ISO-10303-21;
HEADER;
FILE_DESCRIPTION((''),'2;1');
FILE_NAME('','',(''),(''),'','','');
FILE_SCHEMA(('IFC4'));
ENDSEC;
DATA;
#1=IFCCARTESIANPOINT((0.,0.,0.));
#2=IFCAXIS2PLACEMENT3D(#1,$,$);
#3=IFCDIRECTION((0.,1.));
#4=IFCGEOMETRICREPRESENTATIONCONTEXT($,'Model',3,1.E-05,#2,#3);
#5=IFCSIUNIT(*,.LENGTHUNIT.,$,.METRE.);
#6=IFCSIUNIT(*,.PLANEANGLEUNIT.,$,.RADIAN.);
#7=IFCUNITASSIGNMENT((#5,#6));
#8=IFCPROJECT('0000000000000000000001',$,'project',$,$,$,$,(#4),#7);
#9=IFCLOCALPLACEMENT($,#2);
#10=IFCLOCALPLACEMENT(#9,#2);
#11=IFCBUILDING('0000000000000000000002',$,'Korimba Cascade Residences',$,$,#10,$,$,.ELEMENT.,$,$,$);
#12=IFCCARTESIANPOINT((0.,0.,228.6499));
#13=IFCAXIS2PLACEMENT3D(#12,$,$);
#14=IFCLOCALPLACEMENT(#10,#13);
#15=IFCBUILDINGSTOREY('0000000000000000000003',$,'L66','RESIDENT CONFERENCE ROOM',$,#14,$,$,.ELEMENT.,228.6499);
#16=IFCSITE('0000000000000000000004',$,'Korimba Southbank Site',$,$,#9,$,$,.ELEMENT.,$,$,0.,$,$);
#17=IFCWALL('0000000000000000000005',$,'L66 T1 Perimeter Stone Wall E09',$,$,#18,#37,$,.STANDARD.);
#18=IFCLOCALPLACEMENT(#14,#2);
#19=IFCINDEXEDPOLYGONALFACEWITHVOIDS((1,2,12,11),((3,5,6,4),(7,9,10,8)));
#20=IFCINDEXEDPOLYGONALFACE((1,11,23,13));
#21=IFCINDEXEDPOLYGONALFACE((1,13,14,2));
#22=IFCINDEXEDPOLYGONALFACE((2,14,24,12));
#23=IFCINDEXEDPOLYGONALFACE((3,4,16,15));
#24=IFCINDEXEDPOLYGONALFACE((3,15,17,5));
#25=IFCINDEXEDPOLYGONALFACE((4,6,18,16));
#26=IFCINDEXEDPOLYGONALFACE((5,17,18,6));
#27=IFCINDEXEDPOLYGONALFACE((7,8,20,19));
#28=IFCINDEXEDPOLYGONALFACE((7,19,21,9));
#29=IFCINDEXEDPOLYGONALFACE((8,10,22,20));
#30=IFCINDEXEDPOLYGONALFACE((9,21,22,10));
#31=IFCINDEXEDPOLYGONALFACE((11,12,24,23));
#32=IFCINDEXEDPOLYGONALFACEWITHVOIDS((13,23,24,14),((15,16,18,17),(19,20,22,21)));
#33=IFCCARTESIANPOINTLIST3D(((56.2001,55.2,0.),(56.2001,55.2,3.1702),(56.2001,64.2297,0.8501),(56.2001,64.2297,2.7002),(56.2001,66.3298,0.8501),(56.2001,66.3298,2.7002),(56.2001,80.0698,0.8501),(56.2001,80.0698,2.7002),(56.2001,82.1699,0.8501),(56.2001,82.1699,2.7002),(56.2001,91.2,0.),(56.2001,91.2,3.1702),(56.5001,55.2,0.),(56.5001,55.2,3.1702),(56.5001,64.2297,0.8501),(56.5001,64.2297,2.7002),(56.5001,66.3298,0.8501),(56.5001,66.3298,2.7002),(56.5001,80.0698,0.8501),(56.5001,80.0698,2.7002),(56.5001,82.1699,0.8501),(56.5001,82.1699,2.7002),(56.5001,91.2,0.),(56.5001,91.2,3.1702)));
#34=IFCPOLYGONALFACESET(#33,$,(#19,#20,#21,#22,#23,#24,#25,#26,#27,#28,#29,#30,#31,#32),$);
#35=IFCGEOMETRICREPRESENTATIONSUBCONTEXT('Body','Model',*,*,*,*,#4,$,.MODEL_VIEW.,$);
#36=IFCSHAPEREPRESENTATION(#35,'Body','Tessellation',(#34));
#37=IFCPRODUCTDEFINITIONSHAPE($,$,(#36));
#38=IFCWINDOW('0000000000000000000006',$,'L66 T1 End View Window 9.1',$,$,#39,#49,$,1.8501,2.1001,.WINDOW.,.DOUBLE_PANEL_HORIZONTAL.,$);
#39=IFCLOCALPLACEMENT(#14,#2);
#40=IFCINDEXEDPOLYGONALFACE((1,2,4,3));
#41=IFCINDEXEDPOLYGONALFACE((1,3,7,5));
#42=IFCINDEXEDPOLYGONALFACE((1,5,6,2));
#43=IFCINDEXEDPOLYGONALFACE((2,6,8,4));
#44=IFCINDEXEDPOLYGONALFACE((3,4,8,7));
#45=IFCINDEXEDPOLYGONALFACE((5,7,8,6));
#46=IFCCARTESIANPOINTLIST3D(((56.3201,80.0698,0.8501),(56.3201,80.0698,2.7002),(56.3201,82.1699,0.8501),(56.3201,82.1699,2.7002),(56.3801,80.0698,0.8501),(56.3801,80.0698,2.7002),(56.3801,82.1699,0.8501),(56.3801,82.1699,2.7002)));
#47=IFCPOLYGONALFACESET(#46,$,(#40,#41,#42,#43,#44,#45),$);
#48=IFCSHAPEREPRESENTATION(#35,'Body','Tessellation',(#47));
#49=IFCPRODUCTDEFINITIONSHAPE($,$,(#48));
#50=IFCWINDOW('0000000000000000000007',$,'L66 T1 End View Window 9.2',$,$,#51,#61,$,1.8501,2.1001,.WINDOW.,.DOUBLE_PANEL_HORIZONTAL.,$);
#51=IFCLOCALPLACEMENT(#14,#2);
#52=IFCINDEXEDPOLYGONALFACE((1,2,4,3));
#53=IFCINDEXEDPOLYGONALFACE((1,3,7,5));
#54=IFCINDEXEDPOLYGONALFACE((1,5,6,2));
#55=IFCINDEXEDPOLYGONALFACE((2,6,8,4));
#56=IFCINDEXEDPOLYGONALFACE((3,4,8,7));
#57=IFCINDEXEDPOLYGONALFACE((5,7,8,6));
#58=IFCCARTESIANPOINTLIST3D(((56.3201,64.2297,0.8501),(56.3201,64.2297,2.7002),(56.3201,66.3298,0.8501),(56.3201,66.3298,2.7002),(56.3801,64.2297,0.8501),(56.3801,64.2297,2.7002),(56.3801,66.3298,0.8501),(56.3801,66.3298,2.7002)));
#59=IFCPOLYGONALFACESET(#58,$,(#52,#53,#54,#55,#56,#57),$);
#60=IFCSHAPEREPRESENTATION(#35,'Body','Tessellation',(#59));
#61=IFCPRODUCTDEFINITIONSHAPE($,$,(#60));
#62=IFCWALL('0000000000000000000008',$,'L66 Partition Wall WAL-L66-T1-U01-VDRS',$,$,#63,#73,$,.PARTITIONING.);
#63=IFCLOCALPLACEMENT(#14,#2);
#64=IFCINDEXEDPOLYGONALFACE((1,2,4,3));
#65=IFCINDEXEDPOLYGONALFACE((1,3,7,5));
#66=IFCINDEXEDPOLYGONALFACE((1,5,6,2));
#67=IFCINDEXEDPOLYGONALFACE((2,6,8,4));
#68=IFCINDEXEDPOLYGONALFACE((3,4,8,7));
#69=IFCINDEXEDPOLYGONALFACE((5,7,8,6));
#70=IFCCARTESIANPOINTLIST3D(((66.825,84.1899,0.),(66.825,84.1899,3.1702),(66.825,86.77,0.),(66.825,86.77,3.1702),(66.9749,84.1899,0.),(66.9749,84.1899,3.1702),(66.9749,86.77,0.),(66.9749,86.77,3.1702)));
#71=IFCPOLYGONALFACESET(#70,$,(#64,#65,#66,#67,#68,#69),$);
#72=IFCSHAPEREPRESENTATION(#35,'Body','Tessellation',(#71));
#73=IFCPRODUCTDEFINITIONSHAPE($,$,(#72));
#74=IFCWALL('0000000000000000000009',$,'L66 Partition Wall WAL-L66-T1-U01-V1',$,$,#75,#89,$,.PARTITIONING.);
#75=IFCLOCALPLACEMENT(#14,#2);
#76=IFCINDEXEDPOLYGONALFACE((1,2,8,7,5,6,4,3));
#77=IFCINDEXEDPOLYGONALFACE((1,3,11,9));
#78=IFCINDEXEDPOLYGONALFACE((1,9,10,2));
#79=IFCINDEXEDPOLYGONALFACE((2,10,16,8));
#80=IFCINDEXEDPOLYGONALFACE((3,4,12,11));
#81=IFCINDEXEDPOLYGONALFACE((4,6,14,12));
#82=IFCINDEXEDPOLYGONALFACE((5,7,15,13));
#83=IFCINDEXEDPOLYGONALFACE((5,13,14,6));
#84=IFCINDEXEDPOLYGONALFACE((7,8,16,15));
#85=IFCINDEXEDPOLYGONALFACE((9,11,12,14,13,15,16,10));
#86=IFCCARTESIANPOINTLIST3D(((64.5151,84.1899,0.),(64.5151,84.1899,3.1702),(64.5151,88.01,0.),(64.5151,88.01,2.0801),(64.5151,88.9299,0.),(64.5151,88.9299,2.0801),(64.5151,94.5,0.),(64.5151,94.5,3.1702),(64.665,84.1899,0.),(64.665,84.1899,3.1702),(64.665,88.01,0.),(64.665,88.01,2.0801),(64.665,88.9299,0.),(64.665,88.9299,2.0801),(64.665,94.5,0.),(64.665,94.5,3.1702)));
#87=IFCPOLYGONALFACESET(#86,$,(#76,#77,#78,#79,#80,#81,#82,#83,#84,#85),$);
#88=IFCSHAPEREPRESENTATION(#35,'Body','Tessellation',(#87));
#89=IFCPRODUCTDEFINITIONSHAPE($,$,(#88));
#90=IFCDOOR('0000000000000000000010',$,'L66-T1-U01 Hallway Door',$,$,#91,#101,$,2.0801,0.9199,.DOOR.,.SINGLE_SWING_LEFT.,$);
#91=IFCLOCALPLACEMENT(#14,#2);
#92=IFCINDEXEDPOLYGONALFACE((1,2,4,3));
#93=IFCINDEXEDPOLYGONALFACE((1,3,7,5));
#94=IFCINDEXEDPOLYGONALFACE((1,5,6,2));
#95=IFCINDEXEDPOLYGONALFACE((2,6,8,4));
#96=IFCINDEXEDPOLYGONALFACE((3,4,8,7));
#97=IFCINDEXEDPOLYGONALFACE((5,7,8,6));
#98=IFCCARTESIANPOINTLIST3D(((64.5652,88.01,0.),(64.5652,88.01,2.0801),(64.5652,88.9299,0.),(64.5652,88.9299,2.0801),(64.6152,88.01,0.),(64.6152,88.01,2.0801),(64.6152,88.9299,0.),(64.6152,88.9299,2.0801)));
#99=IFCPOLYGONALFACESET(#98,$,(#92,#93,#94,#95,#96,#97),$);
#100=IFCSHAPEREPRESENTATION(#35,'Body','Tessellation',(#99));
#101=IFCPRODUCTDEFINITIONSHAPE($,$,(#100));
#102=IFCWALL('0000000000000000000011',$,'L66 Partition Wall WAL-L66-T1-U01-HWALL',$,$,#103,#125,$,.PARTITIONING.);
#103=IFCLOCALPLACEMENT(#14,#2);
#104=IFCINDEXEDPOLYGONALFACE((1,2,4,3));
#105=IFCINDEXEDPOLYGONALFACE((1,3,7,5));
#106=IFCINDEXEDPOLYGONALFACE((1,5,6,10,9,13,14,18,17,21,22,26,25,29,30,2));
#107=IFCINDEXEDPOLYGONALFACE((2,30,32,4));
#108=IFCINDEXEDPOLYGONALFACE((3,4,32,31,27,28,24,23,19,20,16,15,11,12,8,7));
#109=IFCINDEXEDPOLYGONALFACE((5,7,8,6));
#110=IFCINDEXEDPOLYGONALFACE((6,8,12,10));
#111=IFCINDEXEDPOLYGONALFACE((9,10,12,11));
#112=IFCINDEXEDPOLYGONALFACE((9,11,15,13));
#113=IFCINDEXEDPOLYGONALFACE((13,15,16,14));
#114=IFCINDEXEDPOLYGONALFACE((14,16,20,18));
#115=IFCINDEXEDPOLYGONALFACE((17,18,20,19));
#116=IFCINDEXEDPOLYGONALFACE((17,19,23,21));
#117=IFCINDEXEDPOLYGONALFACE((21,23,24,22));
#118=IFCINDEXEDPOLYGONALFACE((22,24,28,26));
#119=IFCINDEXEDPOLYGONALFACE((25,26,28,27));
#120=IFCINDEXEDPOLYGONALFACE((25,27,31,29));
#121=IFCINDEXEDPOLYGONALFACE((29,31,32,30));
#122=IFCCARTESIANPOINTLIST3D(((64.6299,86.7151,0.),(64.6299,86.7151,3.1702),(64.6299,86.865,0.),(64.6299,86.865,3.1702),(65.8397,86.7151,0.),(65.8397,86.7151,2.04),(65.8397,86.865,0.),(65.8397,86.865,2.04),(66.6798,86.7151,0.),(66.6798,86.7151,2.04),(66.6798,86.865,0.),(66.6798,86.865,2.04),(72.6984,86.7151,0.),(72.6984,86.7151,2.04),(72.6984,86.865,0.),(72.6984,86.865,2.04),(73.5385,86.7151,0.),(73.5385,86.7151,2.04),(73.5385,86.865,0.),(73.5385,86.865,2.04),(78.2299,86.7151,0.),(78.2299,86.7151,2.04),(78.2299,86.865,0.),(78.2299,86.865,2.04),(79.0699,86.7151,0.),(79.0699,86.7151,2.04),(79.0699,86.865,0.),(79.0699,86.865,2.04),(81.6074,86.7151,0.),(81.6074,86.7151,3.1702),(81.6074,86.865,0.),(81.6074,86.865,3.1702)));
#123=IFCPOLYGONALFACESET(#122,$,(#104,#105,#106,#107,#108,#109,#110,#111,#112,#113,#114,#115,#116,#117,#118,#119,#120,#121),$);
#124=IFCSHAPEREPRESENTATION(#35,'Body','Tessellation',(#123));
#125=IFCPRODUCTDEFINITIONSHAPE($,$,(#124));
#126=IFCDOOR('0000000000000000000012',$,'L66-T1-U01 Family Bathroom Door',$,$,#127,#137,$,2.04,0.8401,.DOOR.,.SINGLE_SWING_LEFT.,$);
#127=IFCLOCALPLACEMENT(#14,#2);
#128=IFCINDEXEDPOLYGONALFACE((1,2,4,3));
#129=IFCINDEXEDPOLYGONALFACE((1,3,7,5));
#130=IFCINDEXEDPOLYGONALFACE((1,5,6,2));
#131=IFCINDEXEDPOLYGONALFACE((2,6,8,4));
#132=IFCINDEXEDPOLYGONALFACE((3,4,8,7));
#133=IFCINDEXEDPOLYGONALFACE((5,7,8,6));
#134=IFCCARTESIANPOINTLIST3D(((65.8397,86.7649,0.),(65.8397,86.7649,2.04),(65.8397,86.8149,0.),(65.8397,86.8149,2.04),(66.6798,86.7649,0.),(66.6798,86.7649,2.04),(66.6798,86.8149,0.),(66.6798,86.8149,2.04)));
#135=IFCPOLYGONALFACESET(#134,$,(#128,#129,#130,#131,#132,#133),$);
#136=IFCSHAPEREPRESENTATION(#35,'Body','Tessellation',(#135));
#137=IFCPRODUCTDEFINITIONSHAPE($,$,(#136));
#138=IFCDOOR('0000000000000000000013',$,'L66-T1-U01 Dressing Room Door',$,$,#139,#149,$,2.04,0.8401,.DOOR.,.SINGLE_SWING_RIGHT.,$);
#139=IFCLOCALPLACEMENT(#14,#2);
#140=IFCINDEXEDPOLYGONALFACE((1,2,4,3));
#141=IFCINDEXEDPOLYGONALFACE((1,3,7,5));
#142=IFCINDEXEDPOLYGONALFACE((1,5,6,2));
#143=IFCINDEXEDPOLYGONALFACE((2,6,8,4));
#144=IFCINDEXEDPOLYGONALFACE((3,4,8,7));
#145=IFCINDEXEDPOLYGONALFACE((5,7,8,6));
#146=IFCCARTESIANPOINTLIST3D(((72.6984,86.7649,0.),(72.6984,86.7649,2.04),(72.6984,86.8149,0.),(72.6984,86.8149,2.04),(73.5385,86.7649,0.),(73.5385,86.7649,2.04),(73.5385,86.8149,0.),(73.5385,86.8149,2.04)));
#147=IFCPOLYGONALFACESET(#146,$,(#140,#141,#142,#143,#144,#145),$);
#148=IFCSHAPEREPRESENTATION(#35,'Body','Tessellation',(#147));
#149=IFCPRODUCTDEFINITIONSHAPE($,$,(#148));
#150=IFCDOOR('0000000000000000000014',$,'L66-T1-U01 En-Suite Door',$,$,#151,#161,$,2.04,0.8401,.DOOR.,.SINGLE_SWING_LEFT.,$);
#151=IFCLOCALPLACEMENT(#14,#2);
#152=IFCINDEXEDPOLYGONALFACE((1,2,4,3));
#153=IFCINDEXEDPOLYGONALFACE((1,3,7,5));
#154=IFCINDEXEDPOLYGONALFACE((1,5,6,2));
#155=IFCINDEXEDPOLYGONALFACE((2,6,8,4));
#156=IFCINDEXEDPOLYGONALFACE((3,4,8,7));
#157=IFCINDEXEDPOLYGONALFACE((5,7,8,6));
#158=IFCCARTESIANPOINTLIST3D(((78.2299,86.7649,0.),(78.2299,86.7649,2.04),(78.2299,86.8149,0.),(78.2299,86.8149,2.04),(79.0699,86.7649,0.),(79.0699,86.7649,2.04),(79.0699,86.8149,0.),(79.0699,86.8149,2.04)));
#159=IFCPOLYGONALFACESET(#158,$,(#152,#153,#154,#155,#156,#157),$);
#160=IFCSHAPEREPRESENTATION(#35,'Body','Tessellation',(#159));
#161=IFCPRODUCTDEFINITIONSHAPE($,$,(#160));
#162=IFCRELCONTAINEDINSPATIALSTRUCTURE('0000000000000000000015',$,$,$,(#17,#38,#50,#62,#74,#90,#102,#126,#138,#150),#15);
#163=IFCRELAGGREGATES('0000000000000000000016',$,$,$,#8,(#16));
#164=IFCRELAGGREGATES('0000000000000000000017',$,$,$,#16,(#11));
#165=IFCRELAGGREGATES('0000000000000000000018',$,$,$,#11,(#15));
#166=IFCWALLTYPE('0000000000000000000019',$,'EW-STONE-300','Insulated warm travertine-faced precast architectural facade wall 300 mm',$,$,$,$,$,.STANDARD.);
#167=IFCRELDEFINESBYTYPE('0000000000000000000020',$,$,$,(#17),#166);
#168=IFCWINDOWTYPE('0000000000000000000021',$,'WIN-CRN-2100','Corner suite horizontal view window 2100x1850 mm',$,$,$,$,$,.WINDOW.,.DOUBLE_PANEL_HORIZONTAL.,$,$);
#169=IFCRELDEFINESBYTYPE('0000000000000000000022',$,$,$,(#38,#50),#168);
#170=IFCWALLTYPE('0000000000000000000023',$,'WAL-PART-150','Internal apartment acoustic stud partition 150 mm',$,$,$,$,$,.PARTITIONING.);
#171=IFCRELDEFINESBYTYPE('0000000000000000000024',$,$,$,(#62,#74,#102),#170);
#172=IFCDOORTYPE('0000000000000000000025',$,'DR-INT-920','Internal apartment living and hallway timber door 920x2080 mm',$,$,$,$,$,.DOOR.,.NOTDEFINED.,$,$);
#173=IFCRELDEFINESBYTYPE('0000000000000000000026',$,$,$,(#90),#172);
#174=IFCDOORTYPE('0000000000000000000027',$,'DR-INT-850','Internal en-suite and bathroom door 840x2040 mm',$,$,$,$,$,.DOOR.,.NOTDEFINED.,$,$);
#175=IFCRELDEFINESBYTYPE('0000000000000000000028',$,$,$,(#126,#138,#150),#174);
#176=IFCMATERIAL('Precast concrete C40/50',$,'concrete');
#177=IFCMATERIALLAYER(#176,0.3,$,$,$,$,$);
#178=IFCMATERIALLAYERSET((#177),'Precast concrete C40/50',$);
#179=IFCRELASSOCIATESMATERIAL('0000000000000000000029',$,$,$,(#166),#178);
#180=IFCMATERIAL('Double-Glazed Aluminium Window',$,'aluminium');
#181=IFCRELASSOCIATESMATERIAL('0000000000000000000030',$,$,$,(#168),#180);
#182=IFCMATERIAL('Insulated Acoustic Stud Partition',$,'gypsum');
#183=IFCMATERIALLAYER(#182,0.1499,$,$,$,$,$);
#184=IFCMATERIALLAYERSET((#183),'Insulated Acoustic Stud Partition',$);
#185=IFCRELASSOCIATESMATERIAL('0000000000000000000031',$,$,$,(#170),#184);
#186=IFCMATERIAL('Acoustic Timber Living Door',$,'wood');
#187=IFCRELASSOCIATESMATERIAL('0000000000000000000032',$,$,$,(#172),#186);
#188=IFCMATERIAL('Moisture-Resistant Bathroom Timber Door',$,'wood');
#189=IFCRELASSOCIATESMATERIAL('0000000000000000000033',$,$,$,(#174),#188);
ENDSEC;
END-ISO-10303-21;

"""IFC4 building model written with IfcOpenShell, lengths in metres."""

from ifc_helpers import new_model, si_unit, direction, frame, frame_2d, origin, place, context, subcontext, project, spatial, rectangle, extrude, material, layer, layer_set, type_object, element, fill, save


model = new_model("IFC4")

# Units and contexts
model_context = context("Model", 3, precision=1e-05, world=origin(), true_north=direction((0.0, 1.0)))
body_context = subcontext(model_context, "Body", "Model", "MODEL_VIEW")
ifc_project = project(units=[si_unit("LENGTHUNIT", "METRE"), si_unit("PLANEANGLEUNIT", "RADIAN")], contexts=[model_context])

# Site, building, storey
site_placement = place(None, origin())
site = spatial("IfcSite", under=ifc_project, at=site_placement, Name="Korimba Southbank Site", CompositionType="ELEMENT", RefElevation=0.0)
building_placement = place(site_placement, origin())
building = spatial("IfcBuilding", under=site, at=building_placement, Name="Korimba Cascade Residences", CompositionType="ELEMENT")
storey_placement = place(building_placement, frame((0.0, 0.0, 228.6499)))
storey = spatial("IfcBuildingStorey", under=building, at=storey_placement, Name="L66", Description="RESIDENT CONFERENCE ROOM", CompositionType="ELEMENT", Elevation=228.6499)

# Shared definitions
ifc_material_1 = material(Name="Precast concrete C40/50", Category="concrete")
ifc_layer_1 = layer(ifc_material_1, 0.3)
ifc_layer_set_1 = layer_set([ifc_layer_1], Name="Precast concrete C40/50")
wall_type_1 = type_object("IfcWallType", Name="EW-STONE-300", Description="Insulated warm travertine-faced precast architectural facade wall 300 mm", PredefinedType="STANDARD", material=ifc_layer_set_1)

# Wall, openings, windows
wall_1_placement = place(storey_placement, frame((56.3501, 91.2, 0.0), z_axis=(0.0, 0.0, 1.0), x_axis=(0.0, -1.0, 0.0)))
wall_1 = element("IfcWall", 1, at=wall_1_placement, inside=storey, type_object=wall_type_1, Name="L66 T1 Perimeter Stone Wall E09", PredefinedType="STANDARD", context=body_context, shape_type="SweptSolid", body=[
    extrude(rectangle(XDim=36.0, YDim=0.3, at=frame_2d((18.0, 0.0))), origin(), (0.0, 0.0, 1.0), 3.1702),
])
opening_1_placement = place(wall_1_placement, frame((9.03, 0.0, 0.8501)))
opening_1 = element("IfcOpeningElement", 2, at=opening_1_placement, cuts=wall_1, PredefinedType="OPENING", context=body_context, shape_type="SweptSolid", body=[
    extrude(rectangle(XDim=2.1001, YDim=1.8501, at=frame_2d((1.05, 0.925))), frame((0.0, 0.1602, 0.0), z_axis=(0.0, -1.0, 0.0), x_axis=(1.0, 0.0, 0.0)), (0.0, 0.0, 1.0), 0.3201),
])
opening_2_placement = place(wall_1_placement, frame((24.8701, 0.0, 0.8501)))
opening_2 = element("IfcOpeningElement", 3, at=opening_2_placement, cuts=wall_1, PredefinedType="OPENING", context=body_context, shape_type="SweptSolid", body=[
    extrude(rectangle(XDim=2.1001, YDim=1.8501, at=frame_2d((1.05, 0.925))), frame((0.0, 0.1602, 0.0), z_axis=(0.0, -1.0, 0.0), x_axis=(1.0, 0.0, 0.0)), (0.0, 0.0, 1.0), 0.3201),
])
ifc_material_2 = material(Name="Double-Glazed Aluminium Window", Category="aluminium")
window_type = type_object("IfcWindowType", Name="WIN-CRN-2100", Description="Corner suite horizontal view window 2100x1850 mm", PartitioningType="DOUBLE_PANEL_HORIZONTAL", PredefinedType="WINDOW", material=ifc_material_2)
window_1_placement = place(opening_1_placement, origin())
window_1 = element("IfcWindow", 4, at=window_1_placement, inside=storey, type_object=window_type, Name="L66 T1 End View Window 9.1", OverallHeight=1.8501, OverallWidth=2.1001, PartitioningType="DOUBLE_PANEL_HORIZONTAL", PredefinedType="WINDOW", context=body_context, shape_type="SweptSolid", body=[
    extrude(rectangle(XDim=2.1001, YDim=1.8501, at=frame_2d((1.05, 0.925))), frame((0.0, 0.03, 0.0), z_axis=(0.0, -1.0, 0.0), x_axis=(1.0, 0.0, 0.0)), (0.0, 0.0, 1.0), 0.0601),
])
fill(opening_1, window_1)
window_2_placement = place(opening_2_placement, origin())
window_2 = element("IfcWindow", 5, at=window_2_placement, inside=storey, type_object=window_type, Name="L66 T1 End View Window 9.2", OverallHeight=1.8501, OverallWidth=2.1001, PartitioningType="DOUBLE_PANEL_HORIZONTAL", PredefinedType="WINDOW", context=body_context, shape_type="SweptSolid", body=[
    extrude(rectangle(XDim=2.1001, YDim=1.8501, at=frame_2d((1.05, 0.925))), frame((0.0, 0.03, 0.0), z_axis=(0.0, -1.0, 0.0), x_axis=(1.0, 0.0, 0.0)), (0.0, 0.0, 1.0), 0.0601),
])
fill(opening_2, window_2)

# Wall
ifc_material_3 = material(Name="Insulated Acoustic Stud Partition", Category="gypsum")
ifc_layer_2 = layer(ifc_material_3, 0.1499)
ifc_layer_set_2 = layer_set([ifc_layer_2], Name="Insulated Acoustic Stud Partition")
wall_type_2 = type_object("IfcWallType", Name="WAL-PART-150", Description="Internal apartment acoustic stud partition 150 mm", PredefinedType="PARTITIONING", material=ifc_layer_set_2)
wall_2_placement = place(storey_placement, frame((66.8999, 84.1899, 0.0), z_axis=(0.0, 0.0, 1.0), x_axis=(0.0, 1.0, 0.0)))
element("IfcWall", 6, at=wall_2_placement, inside=storey, type_object=wall_type_2, Name="L66 Partition Wall WAL-L66-T1-U01-VDRS", PredefinedType="PARTITIONING", context=body_context, shape_type="SweptSolid", body=[
    extrude(rectangle(XDim=2.5801, YDim=0.1499, at=frame_2d((1.29, 0.0))), origin(), (0.0, 0.0, 1.0), 3.1702),
])

# Wall, opening, door
wall_3_placement = place(storey_placement, frame((64.5901, 84.1899, 0.0), z_axis=(0.0, 0.0, 1.0), x_axis=(0.0, 1.0, 0.0)))
wall_3 = element("IfcWall", 7, at=wall_3_placement, inside=storey, type_object=wall_type_2, Name="L66 Partition Wall WAL-L66-T1-U01-V1", PredefinedType="PARTITIONING", context=body_context, shape_type="SweptSolid", body=[
    extrude(rectangle(XDim=10.3101, YDim=0.1499, at=frame_2d((5.155, 0.0))), origin(), (0.0, 0.0, 1.0), 3.1702),
])
opening_3_placement = place(wall_3_placement, frame((3.8201, 0.0, 0.0)))
opening_3 = element("IfcOpeningElement", 8, at=opening_3_placement, cuts=wall_3, PredefinedType="OPENING", context=body_context, shape_type="SweptSolid", body=[
    extrude(rectangle(XDim=0.9199, YDim=2.0801, at=frame_2d((0.46, 1.04))), frame((0.0, 0.085, 0.0), z_axis=(0.0, -1.0, 0.0), x_axis=(1.0, 0.0, 0.0)), (0.0, 0.0, 1.0), 0.1699),
])
ifc_material_4 = material(Name="Acoustic Timber Living Door", Category="wood")
door_type_1 = type_object("IfcDoorType", Name="DR-INT-920", Description="Internal apartment living and hallway timber door 920x2080 mm", OperationType="NOTDEFINED", PredefinedType="DOOR", material=ifc_material_4)
door_1_placement = place(opening_3_placement, origin())
door_1 = element("IfcDoor", 9, at=door_1_placement, inside=storey, type_object=door_type_1, Name="L66-T1-U01 Hallway Door", OperationType="SINGLE_SWING_LEFT", OverallHeight=2.0801, OverallWidth=0.9199, PredefinedType="DOOR", context=body_context, shape_type="SweptSolid", body=[
    extrude(rectangle(XDim=0.9199, YDim=2.0801, at=frame_2d((0.46, 1.04))), frame((0.0, 0.0249, 0.0), z_axis=(0.0, -1.0, 0.0), x_axis=(1.0, 0.0, 0.0)), (0.0, 0.0, 1.0), 0.05),
])
fill(opening_3, door_1)

# Wall, openings, doors
wall_4_placement = place(storey_placement, frame((64.6299, 86.79, 0.0), z_axis=(0.0, 0.0, 1.0), x_axis=(1.0, 0.0, 0.0)))
wall_4 = element("IfcWall", 10, at=wall_4_placement, inside=storey, type_object=wall_type_2, Name="L66 Partition Wall WAL-L66-T1-U01-HWALL", PredefinedType="PARTITIONING", context=body_context, shape_type="SweptSolid", body=[
    extrude(rectangle(XDim=16.9775, YDim=0.1499, at=frame_2d((8.4888, 0.0))), origin(), (0.0, 0.0, 1.0), 3.1702),
])
opening_4_placement = place(wall_4_placement, frame((1.21, 0.0, 0.0)))
opening_4 = element("IfcOpeningElement", 11, at=opening_4_placement, cuts=wall_4, PredefinedType="OPENING", context=body_context, shape_type="SweptSolid", body=[
    extrude(rectangle(XDim=0.8401, YDim=2.04, at=frame_2d((0.4199, 1.02))), frame((0.0, 0.085, 0.0), z_axis=(0.0, -1.0, 0.0), x_axis=(1.0, 0.0, 0.0)), (0.0, 0.0, 1.0), 0.1699),
])
opening_5_placement = place(wall_4_placement, frame((8.0686, 0.0, 0.0)))
opening_5 = element("IfcOpeningElement", 12, at=opening_5_placement, cuts=wall_4, PredefinedType="OPENING", context=body_context, shape_type="SweptSolid", body=[
    extrude(rectangle(XDim=0.8401, YDim=2.04, at=frame_2d((0.4199, 1.02))), frame((0.0, 0.085, 0.0), z_axis=(0.0, -1.0, 0.0), x_axis=(1.0, 0.0, 0.0)), (0.0, 0.0, 1.0), 0.1699),
])
opening_6_placement = place(wall_4_placement, frame((13.6001, 0.0, 0.0)))
opening_6 = element("IfcOpeningElement", 13, at=opening_6_placement, cuts=wall_4, PredefinedType="OPENING", context=body_context, shape_type="SweptSolid", body=[
    extrude(rectangle(XDim=0.8401, YDim=2.04, at=frame_2d((0.4199, 1.02))), frame((0.0, 0.085, 0.0), z_axis=(0.0, -1.0, 0.0), x_axis=(1.0, 0.0, 0.0)), (0.0, 0.0, 1.0), 0.1699),
])
ifc_material_5 = material(Name="Moisture-Resistant Bathroom Timber Door", Category="wood")
door_type_2 = type_object("IfcDoorType", Name="DR-INT-850", Description="Internal en-suite and bathroom door 840x2040 mm", OperationType="NOTDEFINED", PredefinedType="DOOR", material=ifc_material_5)
door_2_placement = place(opening_4_placement, origin())
door_2 = element("IfcDoor", 14, at=door_2_placement, inside=storey, type_object=door_type_2, Name="L66-T1-U01 Family Bathroom Door", OperationType="SINGLE_SWING_LEFT", OverallHeight=2.04, OverallWidth=0.8401, PredefinedType="DOOR", context=body_context, shape_type="SweptSolid", body=[
    extrude(rectangle(XDim=0.8401, YDim=2.04, at=frame_2d((0.4199, 1.02))), frame((0.0, 0.0249, 0.0), z_axis=(0.0, -1.0, 0.0), x_axis=(1.0, 0.0, 0.0)), (0.0, 0.0, 1.0), 0.05),
])
fill(opening_4, door_2)
door_3_placement = place(opening_5_placement, origin())
door_3 = element("IfcDoor", 15, at=door_3_placement, inside=storey, type_object=door_type_2, Name="L66-T1-U01 Dressing Room Door", OperationType="SINGLE_SWING_RIGHT", OverallHeight=2.04, OverallWidth=0.8401, PredefinedType="DOOR", context=body_context, shape_type="SweptSolid", body=[
    extrude(rectangle(XDim=0.8401, YDim=2.04, at=frame_2d((0.4199, 1.02))), frame((0.0, 0.0249, 0.0), z_axis=(0.0, -1.0, 0.0), x_axis=(1.0, 0.0, 0.0)), (0.0, 0.0, 1.0), 0.05),
])
fill(opening_5, door_3)
door_4_placement = place(opening_6_placement, origin())
door_4 = element("IfcDoor", 16, at=door_4_placement, inside=storey, type_object=door_type_2, Name="L66-T1-U01 En-Suite Door", OperationType="SINGLE_SWING_LEFT", OverallHeight=2.04, OverallWidth=0.8401, PredefinedType="DOOR", context=body_context, shape_type="SweptSolid", body=[
    extrude(rectangle(XDim=0.8401, YDim=2.04, at=frame_2d((0.4199, 1.02))), frame((0.0, 0.0249, 0.0), z_axis=(0.0, -1.0, 0.0), x_axis=(1.0, 0.0, 0.0)), (0.0, 0.0, 1.0), 0.05),
])
fill(opening_6, door_4)

save(model, "model.ifc")
